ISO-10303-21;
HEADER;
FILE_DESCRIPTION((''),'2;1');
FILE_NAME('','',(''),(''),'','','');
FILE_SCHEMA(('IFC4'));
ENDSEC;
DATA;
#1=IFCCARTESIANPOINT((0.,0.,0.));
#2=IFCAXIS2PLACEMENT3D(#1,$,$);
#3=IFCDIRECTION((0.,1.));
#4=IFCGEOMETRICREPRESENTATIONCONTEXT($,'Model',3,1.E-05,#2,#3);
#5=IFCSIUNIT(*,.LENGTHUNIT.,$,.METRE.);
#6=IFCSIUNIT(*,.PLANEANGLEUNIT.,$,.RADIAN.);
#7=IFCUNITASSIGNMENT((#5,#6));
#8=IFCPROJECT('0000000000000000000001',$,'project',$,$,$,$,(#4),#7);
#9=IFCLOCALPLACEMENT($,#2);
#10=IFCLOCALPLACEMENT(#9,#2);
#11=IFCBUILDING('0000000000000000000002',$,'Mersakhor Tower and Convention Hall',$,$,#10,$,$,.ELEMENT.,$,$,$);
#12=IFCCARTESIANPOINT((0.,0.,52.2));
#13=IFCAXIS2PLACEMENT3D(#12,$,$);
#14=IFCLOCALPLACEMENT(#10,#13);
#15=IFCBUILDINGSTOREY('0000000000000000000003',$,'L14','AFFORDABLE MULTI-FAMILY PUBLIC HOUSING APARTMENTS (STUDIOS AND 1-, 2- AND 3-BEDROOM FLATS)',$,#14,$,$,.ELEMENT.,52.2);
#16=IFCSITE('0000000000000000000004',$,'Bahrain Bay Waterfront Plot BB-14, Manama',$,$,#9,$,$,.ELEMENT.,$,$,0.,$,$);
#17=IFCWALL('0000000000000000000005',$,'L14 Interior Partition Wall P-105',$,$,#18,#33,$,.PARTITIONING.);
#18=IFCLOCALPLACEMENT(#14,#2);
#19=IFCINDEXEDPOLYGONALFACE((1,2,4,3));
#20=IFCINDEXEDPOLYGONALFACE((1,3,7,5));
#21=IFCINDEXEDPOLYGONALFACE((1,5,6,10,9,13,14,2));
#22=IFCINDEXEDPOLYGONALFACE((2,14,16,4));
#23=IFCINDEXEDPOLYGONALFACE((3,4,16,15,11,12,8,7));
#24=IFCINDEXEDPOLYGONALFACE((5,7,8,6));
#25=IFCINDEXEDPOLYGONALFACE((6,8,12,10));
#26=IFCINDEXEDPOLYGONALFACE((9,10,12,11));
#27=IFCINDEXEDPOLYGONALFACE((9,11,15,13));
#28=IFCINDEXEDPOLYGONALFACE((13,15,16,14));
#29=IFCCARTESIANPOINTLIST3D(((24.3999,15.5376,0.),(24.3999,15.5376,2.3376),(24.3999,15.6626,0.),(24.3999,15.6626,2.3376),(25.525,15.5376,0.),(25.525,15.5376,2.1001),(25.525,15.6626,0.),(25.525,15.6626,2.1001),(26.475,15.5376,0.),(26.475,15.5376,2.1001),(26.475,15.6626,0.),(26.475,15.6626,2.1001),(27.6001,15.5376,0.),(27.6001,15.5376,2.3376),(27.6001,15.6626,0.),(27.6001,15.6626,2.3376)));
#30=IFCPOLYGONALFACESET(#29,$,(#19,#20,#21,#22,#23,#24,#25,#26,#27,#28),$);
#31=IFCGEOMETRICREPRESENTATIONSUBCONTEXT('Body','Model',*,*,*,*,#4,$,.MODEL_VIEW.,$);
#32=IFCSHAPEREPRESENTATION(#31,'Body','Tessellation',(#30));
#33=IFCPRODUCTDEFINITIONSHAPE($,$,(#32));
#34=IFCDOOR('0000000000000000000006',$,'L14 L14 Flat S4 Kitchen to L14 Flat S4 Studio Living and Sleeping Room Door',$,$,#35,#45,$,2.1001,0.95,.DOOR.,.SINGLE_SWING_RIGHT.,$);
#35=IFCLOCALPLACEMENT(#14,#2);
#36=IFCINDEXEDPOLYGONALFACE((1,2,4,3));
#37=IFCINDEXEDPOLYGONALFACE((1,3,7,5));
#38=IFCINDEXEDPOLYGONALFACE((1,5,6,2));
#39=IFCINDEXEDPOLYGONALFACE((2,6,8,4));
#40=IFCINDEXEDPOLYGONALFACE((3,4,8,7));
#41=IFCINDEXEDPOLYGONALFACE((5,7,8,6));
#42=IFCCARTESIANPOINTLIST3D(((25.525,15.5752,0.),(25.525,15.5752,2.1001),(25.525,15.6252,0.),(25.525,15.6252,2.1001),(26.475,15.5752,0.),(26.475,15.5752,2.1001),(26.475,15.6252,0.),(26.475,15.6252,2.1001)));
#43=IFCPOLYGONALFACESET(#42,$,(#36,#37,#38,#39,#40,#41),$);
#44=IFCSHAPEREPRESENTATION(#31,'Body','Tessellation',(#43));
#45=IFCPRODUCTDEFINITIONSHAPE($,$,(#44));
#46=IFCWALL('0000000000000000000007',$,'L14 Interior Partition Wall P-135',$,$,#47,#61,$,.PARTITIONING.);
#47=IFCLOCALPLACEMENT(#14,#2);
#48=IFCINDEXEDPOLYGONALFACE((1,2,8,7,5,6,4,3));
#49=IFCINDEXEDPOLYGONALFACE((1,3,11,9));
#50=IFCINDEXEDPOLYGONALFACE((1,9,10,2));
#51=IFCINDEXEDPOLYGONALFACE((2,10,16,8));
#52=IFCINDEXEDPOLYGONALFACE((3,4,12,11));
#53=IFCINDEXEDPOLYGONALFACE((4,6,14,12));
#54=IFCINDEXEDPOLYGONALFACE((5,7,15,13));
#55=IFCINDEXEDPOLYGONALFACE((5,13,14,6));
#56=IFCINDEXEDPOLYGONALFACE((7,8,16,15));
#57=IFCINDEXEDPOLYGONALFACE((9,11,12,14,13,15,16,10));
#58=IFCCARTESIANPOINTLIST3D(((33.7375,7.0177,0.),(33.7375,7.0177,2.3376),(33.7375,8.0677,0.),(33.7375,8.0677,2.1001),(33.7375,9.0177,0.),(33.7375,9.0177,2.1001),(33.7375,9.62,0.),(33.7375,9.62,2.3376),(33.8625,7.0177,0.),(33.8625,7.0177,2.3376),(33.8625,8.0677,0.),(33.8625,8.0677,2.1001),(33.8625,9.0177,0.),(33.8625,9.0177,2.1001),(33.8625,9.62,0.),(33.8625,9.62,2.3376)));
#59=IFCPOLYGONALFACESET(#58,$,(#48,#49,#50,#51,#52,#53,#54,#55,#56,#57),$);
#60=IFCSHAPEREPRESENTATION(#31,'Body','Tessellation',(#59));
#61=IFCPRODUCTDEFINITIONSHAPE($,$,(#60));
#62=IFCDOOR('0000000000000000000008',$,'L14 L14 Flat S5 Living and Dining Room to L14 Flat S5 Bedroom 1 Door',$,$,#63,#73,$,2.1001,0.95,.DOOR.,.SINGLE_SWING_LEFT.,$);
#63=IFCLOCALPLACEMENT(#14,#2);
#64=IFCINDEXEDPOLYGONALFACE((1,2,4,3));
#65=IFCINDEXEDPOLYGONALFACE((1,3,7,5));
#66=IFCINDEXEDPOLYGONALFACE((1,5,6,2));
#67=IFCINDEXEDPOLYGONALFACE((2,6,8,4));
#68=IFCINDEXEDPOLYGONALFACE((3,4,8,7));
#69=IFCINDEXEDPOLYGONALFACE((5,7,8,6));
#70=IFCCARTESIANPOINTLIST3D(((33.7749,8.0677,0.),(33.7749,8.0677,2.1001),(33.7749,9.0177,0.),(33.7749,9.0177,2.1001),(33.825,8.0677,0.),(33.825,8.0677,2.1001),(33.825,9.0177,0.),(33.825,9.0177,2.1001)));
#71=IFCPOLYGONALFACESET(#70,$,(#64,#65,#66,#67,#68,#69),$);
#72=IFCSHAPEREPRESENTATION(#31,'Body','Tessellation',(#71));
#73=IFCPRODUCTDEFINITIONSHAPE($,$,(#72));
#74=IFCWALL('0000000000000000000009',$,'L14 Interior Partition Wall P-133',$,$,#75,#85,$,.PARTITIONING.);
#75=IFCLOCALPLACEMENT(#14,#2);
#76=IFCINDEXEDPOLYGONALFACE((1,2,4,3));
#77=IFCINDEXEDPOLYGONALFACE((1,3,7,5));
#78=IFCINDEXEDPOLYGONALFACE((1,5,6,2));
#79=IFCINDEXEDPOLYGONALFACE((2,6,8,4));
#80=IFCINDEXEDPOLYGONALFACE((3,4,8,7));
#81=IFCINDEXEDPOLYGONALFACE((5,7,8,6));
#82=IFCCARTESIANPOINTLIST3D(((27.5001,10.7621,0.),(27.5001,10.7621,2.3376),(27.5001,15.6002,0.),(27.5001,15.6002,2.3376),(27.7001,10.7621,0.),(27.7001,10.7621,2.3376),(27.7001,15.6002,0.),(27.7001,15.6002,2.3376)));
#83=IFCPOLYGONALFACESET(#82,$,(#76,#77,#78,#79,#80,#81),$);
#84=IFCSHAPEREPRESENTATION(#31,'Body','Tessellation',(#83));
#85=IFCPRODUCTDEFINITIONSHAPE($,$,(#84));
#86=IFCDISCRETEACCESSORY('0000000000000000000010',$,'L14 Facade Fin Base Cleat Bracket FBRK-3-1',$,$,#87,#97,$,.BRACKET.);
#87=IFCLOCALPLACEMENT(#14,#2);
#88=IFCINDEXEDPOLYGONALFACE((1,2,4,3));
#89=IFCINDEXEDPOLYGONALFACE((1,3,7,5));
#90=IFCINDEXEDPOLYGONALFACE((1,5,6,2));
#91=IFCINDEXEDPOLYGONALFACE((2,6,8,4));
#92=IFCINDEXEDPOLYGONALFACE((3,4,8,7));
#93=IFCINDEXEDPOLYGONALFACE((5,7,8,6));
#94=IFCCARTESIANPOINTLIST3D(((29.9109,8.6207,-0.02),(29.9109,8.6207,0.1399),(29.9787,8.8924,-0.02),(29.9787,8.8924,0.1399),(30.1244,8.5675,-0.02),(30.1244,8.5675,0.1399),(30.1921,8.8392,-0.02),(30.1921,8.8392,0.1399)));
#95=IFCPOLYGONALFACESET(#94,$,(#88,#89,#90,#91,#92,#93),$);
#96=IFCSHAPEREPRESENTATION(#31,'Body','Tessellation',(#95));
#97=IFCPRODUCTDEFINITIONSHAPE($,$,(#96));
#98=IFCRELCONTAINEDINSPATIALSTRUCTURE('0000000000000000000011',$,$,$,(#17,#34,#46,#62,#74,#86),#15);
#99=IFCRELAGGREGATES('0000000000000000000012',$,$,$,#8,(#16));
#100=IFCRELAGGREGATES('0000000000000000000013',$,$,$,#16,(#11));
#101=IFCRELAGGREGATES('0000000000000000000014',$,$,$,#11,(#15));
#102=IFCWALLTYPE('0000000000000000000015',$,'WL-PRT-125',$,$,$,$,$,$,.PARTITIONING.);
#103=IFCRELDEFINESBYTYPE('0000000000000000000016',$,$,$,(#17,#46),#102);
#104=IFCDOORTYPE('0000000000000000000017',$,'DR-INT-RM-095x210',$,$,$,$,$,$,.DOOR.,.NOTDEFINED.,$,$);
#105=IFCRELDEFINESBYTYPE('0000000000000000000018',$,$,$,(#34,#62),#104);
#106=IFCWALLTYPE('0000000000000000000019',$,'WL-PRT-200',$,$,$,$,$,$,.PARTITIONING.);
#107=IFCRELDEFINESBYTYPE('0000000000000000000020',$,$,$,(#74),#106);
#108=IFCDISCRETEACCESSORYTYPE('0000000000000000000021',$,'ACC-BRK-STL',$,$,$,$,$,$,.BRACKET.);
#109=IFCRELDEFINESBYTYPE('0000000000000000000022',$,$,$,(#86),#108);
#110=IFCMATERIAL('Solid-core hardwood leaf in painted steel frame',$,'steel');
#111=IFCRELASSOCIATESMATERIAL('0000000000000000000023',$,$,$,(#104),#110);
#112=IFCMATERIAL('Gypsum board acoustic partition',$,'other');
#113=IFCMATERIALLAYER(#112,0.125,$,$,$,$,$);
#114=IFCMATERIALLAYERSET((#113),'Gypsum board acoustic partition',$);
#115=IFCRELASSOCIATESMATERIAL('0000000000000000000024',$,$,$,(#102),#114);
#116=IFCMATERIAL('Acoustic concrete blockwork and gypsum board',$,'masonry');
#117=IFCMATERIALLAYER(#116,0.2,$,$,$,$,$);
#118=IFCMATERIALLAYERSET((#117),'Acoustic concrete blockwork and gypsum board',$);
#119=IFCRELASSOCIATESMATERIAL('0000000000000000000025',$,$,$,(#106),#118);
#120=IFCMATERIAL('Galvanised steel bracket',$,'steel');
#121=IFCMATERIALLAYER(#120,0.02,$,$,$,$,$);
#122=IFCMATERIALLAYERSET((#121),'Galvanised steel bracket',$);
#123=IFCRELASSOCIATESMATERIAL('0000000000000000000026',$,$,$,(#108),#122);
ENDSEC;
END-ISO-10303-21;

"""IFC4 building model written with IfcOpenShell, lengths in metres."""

from ifc_helpers import new_model, si_unit, direction, frame, frame_2d, origin, origin_2d, place, context, subcontext, project, spatial, rectangle, extrude, material, layer, layer_set, type_object, element, fill, save


model = new_model("IFC4")

# Units and contexts
model_context = context("Model", 3, precision=1e-05, world=origin(), true_north=direction((0.0, 1.0)))
body_context = subcontext(model_context, "Body", "Model", "MODEL_VIEW")
ifc_project = project(units=[si_unit("LENGTHUNIT", "METRE"), si_unit("PLANEANGLEUNIT", "RADIAN")], contexts=[model_context])

# Site, building, storey
site_placement = place(None, origin())
site = spatial("IfcSite", under=ifc_project, at=site_placement, Name="Bahrain Bay Waterfront Plot BB-14, Manama", CompositionType="ELEMENT", RefElevation=0.0)
building_placement = place(site_placement, origin())
building = spatial("IfcBuilding", under=site, at=building_placement, Name="Mersakhor Tower and Convention Hall", CompositionType="ELEMENT")
storey_placement = place(building_placement, frame((0.0, 0.0, 52.2)))
storey = spatial("IfcBuildingStorey", under=building, at=storey_placement, Name="L14", Description="AFFORDABLE MULTI-FAMILY PUBLIC HOUSING APARTMENTS (STUDIOS AND 1-, 2- AND 3-BEDROOM FLATS)", CompositionType="ELEMENT", Elevation=52.2)

# Walls, openings, doors
ifc_material_1 = material(Name="Solid-core hardwood leaf in painted steel frame", Category="steel")
door_type_1 = type_object("IfcDoorType", Name="DR-INT-RM-095x210", OperationType="NOTDEFINED", PredefinedType="DOOR", material=ifc_material_1)
ifc_material_2 = material(Name="Gypsum board acoustic partition", Category="other")
ifc_layer_1 = layer(ifc_material_2, 0.125)
ifc_layer_set_1 = layer_set([ifc_layer_1], Name="Gypsum board acoustic partition")
wall_type_1 = type_object("IfcWallType", Name="WL-PRT-125", PredefinedType="PARTITIONING", material=ifc_layer_set_1)
wall_1_placement = place(storey_placement, frame((27.6001, 15.6001, 0.0), z_axis=(0.0, 0.0, 1.0), x_axis=(-1.0, 0.0, 0.0)))
wall_1 = element("IfcWall", 1, at=wall_1_placement, inside=storey, type_object=wall_type_1, Name="L14 Interior Partition Wall P-105", PredefinedType="PARTITIONING", context=body_context, shape_type="SweptSolid", body=[
    extrude(rectangle(XDim=3.2002, YDim=0.125, at=frame_2d((1.6001, 0.0))), origin(), (0.0, 0.0, 1.0), 2.3376),
])
opening_1_placement = place(wall_1_placement, frame((1.125, 0.0, 0.0)))
opening_1 = element("IfcOpeningElement", 2, at=opening_1_placement, cuts=wall_1, PredefinedType="OPENING", context=body_context, shape_type="SweptSolid", body=[
    extrude(rectangle(XDim=0.95, YDim=2.1001, at=frame_2d((0.4751, 1.05))), frame((0.0, 0.0725, 0.0), z_axis=(0.0, -1.0, 0.0), x_axis=(1.0, 0.0, 0.0)), (0.0, 0.0, 1.0), 0.145),
])
door_1_placement = place(opening_1_placement, origin())
door_1 = element("IfcDoor", 3, at=door_1_placement, inside=storey, type_object=door_type_1, Name="L14 L14 Flat S4 Kitchen to L14 Flat S4 Studio Living and Sleeping Room Door", OperationType="SINGLE_SWING_RIGHT", OverallHeight=2.1001, OverallWidth=0.95, PredefinedType="DOOR", context=body_context, shape_type="SweptSolid", body=[
    extrude(rectangle(XDim=0.95, YDim=2.1001, at=frame_2d((0.4751, 1.05))), frame((0.0, 0.0249, 0.0), z_axis=(0.0, -1.0, 0.0), x_axis=(1.0, 0.0, 0.0)), (0.0, 0.0, 1.0), 0.05),
])
fill(opening_1, door_1)
wall_2_placement = place(storey_placement, frame((33.8, 9.6201, 0.0), z_axis=(0.0, 0.0, 1.0), x_axis=(0.0, -1.0, 0.0)))
wall_2 = element("IfcWall", 4, at=wall_2_placement, inside=storey, type_object=wall_type_1, Name="L14 Interior Partition Wall P-135", PredefinedType="PARTITIONING", context=body_context, shape_type="SweptSolid", body=[
    extrude(rectangle(XDim=2.6023, YDim=0.125, at=frame_2d((1.3013, 0.0))), origin(), (0.0, 0.0, 1.0), 2.3376),
])
opening_2_placement = place(wall_2_placement, frame((0.6023, 0.0, 0.0)))
opening_2 = element("IfcOpeningElement", 5, at=opening_2_placement, cuts=wall_2, PredefinedType="OPENING", context=body_context, shape_type="SweptSolid", body=[
    extrude(rectangle(XDim=0.95, YDim=2.1001, at=frame_2d((0.4751, 1.05))), frame((0.0, 0.0725, 0.0), z_axis=(0.0, -1.0, 0.0), x_axis=(1.0, 0.0, 0.0)), (0.0, 0.0, 1.0), 0.145),
])
door_2_placement = place(opening_2_placement, origin())
door_2 = element("IfcDoor", 6, at=door_2_placement, inside=storey, type_object=door_type_1, Name="L14 L14 Flat S5 Living and Dining Room to L14 Flat S5 Bedroom 1 Door", OperationType="SINGLE_SWING_LEFT", OverallHeight=2.1001, OverallWidth=0.95, PredefinedType="DOOR", context=body_context, shape_type="SweptSolid", body=[
    extrude(rectangle(XDim=0.95, YDim=2.1001, at=frame_2d((0.4751, 1.05))), frame((0.0, 0.0249, 0.0), z_axis=(0.0, -1.0, 0.0), x_axis=(1.0, 0.0, 0.0)), (0.0, 0.0, 1.0), 0.05),
])
fill(opening_2, door_2)

# Wall
ifc_material_3 = material(Name="Acoustic concrete blockwork and gypsum board", Category="masonry")
ifc_layer_2 = layer(ifc_material_3, 0.2)
ifc_layer_set_2 = layer_set([ifc_layer_2], Name="Acoustic concrete blockwork and gypsum board")
wall_type_2 = type_object("IfcWallType", Name="WL-PRT-200", PredefinedType="PARTITIONING", material=ifc_layer_set_2)
wall_3_placement = place(storey_placement, frame((27.6001, 15.6001, 0.0), z_axis=(0.0, 0.0, 1.0), x_axis=(0.0, -1.0, 0.0)))
element("IfcWall", 7, at=wall_3_placement, inside=storey, type_object=wall_type_2, Name="L14 Interior Partition Wall P-133", PredefinedType="PARTITIONING", context=body_context, shape_type="SweptSolid", body=[
    extrude(rectangle(XDim=4.8381, YDim=0.2, at=frame_2d((2.4189, 0.0))), origin(), (0.0, 0.0, 1.0), 2.3376),
])

# Discrete accessory
ifc_material_4 = material(Name="Galvanised steel bracket", Category="steel")
ifc_layer_3 = layer(ifc_material_4, 0.02)
ifc_layer_set_3 = layer_set([ifc_layer_3], Name="Galvanised steel bracket")
discrete_accessory_type = type_object("IfcDiscreteAccessoryType", Name="ACC-BRK-STL", PredefinedType="BRACKET", material=ifc_layer_set_3)
discrete_accessory_placement = place(storey_placement, frame((30.0515, 8.73, -0.02), z_axis=(0.0, 0.0, 1.0), x_axis=(-0.241922, -0.970296, 0.0)))
element("IfcDiscreteAccessory", 8, at=discrete_accessory_placement, inside=storey, type_object=discrete_accessory_type, Name="L14 Facade Fin Base Cleat Bracket FBRK-3-1", PredefinedType="BRACKET", context=body_context, shape_type="SweptSolid", body=[
    extrude(rectangle(XDim=0.28, YDim=0.22, at=origin_2d()), origin(), (0.0, 0.0, 1.0), 0.1599),
])

save(model, "model.ifc")
